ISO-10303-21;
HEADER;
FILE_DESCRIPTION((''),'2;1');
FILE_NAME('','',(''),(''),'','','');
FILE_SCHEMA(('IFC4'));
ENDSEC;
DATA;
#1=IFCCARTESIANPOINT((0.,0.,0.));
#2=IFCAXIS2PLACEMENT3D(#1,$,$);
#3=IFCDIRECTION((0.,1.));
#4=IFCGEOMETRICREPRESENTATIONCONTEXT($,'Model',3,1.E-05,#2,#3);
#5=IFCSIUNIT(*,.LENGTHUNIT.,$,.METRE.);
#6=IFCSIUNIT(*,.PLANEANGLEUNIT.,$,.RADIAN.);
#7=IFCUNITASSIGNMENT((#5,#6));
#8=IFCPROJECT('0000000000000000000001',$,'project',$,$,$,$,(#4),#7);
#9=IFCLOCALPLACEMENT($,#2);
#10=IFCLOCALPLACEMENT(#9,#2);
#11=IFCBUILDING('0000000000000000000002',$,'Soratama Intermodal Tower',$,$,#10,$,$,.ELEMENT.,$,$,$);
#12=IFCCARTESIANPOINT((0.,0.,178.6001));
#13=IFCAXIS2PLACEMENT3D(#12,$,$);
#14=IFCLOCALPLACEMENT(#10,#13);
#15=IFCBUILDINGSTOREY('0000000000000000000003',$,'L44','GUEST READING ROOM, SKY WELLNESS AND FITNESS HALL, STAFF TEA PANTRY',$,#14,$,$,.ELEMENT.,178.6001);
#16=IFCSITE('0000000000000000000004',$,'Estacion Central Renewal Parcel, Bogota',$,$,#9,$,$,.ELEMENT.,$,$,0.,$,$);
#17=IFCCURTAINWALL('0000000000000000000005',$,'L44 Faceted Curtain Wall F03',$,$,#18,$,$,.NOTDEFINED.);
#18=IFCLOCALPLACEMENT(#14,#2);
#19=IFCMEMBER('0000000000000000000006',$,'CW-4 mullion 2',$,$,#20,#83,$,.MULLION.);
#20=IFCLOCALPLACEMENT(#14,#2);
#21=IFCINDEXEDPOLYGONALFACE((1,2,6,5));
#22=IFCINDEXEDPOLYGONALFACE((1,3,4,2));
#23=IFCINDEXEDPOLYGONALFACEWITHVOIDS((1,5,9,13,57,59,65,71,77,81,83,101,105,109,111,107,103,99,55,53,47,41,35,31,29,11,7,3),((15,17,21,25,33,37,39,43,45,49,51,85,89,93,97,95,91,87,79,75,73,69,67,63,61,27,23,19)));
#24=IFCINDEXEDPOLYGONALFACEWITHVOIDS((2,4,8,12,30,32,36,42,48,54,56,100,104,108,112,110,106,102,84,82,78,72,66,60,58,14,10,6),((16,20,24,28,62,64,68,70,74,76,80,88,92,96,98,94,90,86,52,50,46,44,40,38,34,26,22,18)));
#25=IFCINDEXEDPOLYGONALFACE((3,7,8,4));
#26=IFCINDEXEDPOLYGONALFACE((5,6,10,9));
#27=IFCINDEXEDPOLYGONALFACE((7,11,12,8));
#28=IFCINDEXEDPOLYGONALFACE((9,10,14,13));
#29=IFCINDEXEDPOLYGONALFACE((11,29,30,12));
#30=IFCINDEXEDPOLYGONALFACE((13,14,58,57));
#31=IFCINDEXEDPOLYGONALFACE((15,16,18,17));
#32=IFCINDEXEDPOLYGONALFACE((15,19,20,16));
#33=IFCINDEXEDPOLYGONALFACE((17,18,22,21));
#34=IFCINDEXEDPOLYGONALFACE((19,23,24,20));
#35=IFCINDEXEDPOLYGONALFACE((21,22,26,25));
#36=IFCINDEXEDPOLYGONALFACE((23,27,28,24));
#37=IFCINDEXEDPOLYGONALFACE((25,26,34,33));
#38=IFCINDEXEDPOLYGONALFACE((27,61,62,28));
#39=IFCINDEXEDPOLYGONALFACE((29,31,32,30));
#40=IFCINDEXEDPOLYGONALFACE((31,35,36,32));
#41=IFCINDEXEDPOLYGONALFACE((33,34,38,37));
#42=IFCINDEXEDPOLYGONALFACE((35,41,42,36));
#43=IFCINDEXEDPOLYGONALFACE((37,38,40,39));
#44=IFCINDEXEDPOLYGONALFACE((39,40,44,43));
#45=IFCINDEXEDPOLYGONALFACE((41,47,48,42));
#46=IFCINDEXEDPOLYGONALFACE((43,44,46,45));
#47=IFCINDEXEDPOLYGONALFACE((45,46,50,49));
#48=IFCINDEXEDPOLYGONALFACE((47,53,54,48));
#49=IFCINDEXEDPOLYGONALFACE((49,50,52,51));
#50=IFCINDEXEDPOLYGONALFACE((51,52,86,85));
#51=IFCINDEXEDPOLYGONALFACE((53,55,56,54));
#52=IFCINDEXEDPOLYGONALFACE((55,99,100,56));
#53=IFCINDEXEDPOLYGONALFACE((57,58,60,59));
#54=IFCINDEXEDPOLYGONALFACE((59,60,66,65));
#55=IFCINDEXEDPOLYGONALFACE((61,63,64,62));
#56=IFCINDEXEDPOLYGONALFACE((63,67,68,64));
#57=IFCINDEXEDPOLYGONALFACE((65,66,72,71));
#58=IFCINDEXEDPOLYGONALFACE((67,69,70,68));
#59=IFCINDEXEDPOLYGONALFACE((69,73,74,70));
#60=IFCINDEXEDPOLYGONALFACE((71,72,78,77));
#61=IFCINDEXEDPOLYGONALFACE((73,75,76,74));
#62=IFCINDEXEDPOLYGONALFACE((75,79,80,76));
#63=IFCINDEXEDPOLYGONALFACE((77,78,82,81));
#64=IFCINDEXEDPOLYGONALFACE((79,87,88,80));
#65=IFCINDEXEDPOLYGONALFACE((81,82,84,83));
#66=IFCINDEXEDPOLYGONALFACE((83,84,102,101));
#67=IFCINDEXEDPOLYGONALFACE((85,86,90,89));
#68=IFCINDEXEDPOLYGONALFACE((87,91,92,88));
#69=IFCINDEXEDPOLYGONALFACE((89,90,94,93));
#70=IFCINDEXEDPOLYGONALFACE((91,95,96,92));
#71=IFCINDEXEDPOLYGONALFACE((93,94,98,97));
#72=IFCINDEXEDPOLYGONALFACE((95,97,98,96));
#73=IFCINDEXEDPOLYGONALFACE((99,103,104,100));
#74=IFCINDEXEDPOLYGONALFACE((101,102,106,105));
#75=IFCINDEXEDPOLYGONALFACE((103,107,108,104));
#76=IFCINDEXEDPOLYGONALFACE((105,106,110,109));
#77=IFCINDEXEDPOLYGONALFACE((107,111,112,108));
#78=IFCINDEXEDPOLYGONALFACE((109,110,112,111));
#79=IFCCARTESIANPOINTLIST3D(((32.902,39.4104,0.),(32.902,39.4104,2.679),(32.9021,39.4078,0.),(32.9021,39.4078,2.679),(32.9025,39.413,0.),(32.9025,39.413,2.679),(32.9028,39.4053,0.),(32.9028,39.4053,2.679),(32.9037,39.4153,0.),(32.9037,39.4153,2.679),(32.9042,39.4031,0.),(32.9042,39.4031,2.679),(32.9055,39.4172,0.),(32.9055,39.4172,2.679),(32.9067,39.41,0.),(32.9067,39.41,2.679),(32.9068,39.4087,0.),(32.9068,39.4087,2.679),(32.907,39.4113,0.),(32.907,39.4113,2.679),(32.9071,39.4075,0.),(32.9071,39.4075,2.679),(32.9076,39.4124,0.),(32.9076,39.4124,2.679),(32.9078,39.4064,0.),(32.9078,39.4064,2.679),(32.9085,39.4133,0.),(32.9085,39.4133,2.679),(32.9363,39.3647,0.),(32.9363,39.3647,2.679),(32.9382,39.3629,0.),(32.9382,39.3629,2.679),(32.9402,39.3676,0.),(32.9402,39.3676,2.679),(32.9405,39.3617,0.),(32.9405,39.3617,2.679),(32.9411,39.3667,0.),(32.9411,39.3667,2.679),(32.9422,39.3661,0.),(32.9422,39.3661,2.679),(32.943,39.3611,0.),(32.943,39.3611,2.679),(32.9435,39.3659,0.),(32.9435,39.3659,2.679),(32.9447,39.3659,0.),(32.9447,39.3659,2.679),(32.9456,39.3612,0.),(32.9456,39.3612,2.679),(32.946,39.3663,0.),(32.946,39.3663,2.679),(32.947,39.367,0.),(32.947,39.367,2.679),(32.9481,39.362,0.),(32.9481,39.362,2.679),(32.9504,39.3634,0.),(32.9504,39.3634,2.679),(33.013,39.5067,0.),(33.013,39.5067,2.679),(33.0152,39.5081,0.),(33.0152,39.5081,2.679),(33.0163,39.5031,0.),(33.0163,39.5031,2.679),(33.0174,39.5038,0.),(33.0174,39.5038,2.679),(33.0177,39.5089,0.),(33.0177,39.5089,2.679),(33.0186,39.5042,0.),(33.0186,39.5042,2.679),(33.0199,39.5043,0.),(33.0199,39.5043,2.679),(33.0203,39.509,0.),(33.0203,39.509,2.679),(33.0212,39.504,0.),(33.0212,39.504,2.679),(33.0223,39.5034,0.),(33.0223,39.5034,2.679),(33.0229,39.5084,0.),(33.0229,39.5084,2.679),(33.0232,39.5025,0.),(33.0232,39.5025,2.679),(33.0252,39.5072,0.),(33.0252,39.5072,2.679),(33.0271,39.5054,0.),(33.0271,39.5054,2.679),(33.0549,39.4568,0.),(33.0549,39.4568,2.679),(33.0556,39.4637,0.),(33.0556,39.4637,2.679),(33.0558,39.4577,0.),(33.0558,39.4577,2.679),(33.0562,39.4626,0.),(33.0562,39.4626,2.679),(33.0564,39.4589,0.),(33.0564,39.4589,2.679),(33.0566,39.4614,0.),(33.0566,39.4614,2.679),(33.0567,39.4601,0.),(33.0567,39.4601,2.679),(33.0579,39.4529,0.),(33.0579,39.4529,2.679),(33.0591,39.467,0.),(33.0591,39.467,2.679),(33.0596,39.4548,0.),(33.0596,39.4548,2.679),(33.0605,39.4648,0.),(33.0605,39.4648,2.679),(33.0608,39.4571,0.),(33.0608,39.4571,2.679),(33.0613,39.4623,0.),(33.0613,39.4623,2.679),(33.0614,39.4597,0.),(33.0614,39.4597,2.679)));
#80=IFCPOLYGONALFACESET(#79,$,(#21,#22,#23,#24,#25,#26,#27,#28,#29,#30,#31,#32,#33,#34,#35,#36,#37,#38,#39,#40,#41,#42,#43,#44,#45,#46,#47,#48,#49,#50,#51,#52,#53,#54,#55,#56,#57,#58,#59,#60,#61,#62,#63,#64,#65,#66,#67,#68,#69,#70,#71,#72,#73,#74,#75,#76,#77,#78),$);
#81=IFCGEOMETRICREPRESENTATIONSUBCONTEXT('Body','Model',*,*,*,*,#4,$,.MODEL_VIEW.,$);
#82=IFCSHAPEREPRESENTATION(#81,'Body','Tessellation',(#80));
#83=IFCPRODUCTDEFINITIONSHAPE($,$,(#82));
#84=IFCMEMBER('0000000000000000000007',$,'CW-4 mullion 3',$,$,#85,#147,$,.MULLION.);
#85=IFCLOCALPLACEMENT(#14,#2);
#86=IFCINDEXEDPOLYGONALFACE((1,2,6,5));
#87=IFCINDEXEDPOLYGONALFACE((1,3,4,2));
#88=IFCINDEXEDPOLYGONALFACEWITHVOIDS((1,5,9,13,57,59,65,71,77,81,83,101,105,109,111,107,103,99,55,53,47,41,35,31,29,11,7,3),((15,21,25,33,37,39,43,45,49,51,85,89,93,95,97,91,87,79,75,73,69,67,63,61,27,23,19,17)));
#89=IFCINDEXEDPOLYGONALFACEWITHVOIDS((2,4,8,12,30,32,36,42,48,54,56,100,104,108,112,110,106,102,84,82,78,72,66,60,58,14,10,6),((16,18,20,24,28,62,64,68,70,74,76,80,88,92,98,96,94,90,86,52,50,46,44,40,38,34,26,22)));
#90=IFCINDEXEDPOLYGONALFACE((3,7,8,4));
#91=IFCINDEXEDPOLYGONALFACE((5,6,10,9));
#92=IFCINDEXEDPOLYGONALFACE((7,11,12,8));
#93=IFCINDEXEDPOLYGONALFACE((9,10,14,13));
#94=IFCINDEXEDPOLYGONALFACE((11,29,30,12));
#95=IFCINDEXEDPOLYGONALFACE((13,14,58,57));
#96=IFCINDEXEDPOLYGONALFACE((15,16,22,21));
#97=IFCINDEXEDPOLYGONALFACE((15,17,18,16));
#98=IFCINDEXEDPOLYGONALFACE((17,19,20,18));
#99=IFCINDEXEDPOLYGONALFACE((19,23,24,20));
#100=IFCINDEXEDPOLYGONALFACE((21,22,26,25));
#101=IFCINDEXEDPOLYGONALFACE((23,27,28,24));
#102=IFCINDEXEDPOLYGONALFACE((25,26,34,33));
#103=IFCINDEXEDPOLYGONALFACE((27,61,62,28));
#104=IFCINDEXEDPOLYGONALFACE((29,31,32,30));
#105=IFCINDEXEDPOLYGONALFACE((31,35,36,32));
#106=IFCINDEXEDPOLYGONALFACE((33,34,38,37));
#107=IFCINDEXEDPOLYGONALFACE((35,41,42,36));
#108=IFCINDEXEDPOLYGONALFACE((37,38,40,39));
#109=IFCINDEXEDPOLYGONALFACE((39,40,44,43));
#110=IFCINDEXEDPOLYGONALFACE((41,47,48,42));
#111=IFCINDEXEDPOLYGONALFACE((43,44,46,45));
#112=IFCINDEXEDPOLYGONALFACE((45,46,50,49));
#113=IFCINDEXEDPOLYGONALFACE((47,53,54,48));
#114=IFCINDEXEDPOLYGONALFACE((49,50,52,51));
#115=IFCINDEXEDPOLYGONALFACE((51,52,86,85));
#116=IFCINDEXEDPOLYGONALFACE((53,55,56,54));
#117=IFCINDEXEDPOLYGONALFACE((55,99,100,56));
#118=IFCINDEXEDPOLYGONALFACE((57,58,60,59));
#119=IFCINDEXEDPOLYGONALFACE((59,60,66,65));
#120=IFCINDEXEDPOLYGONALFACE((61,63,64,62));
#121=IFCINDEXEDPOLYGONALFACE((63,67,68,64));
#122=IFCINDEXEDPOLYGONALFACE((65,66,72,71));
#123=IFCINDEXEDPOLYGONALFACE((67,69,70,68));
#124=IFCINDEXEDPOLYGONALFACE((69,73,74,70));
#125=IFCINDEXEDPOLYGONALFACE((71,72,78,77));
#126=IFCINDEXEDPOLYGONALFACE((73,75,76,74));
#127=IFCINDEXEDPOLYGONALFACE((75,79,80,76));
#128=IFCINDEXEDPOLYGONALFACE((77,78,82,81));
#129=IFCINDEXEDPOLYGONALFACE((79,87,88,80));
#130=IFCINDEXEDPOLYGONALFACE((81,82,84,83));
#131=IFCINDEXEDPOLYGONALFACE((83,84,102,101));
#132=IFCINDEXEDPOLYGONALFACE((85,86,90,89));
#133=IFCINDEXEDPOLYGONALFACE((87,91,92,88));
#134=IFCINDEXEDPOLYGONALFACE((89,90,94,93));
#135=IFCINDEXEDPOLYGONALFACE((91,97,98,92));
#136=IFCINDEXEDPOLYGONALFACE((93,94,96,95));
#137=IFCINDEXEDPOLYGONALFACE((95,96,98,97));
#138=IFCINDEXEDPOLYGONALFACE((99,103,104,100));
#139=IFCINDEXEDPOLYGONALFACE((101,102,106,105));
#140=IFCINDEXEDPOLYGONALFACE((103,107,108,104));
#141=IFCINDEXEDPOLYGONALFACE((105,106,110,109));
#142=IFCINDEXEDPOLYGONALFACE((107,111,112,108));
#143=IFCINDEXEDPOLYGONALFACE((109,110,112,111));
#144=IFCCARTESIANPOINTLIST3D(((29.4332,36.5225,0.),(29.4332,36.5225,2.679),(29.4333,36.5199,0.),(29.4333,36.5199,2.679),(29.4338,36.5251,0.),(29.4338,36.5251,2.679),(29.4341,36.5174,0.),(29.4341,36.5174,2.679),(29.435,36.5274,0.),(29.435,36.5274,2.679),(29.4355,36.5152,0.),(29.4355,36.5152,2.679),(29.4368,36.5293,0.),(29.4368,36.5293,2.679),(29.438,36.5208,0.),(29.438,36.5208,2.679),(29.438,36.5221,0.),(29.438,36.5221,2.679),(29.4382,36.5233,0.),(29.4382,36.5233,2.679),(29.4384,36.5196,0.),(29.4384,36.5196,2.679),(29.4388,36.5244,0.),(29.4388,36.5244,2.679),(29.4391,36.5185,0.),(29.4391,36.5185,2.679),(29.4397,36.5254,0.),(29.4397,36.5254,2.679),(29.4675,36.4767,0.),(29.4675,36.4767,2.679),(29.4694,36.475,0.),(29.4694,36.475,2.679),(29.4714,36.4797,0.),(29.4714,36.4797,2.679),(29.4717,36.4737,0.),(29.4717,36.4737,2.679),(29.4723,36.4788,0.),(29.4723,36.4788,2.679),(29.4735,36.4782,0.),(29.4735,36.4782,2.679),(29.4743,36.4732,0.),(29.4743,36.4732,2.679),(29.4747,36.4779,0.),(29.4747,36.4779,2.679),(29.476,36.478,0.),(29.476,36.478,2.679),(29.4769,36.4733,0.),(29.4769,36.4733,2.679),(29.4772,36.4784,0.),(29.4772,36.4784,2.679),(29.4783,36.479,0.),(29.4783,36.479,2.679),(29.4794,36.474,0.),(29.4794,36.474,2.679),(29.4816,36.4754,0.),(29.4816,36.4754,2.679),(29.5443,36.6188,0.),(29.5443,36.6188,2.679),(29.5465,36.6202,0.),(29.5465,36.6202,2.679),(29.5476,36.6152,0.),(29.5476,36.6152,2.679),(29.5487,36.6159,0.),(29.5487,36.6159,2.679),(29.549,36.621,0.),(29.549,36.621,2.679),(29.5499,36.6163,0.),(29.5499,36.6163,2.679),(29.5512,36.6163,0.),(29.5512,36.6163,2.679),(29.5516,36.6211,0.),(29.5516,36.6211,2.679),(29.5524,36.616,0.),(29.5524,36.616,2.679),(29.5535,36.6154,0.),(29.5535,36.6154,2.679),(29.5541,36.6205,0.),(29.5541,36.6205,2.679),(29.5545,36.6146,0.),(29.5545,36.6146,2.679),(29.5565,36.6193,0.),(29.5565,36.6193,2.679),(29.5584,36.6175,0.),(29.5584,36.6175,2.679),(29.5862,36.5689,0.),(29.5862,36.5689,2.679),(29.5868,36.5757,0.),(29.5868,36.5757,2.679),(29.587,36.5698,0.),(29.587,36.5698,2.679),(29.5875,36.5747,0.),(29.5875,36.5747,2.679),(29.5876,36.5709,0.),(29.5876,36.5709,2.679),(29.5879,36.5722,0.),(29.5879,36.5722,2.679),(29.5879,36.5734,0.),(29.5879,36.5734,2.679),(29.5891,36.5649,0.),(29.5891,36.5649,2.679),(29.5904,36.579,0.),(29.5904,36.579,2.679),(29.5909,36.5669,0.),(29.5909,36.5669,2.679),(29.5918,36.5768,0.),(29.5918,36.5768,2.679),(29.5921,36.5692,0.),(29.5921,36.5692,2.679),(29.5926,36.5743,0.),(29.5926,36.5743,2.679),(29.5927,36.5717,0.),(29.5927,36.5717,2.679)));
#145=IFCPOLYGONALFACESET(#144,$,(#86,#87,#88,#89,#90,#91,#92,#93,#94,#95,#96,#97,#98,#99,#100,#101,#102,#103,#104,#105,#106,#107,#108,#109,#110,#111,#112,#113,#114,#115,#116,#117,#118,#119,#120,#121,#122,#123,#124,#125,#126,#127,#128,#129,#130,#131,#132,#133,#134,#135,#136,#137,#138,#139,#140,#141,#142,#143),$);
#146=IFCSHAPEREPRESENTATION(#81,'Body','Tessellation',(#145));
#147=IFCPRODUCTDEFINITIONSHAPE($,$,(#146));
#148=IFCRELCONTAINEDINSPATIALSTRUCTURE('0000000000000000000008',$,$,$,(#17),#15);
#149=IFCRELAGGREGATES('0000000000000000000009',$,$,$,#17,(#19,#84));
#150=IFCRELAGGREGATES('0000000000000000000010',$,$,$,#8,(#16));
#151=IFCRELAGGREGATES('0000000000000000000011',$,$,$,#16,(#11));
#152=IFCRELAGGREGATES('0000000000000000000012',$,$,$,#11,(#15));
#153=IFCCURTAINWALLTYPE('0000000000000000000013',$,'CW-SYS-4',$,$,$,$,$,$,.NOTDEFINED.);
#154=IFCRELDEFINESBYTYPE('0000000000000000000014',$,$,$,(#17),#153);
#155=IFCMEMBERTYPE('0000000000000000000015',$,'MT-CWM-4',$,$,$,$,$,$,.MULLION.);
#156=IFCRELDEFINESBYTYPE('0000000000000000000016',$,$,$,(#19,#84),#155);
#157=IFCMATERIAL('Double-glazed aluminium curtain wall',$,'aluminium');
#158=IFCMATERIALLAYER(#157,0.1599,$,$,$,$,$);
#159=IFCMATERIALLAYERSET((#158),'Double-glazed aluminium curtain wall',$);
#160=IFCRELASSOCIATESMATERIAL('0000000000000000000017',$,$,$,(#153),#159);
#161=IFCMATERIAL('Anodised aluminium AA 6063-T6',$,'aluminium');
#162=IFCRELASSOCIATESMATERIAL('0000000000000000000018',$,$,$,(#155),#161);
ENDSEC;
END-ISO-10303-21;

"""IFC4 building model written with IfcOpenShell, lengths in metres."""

from ifc_helpers import new_model, si_unit, direction, frame, origin, origin_2d, place, context, subcontext, project, spatial, hollow_rectangle, extrude, material, layer, layer_set, material_profile, profile_set, type_object, element, aggregate, save


model = new_model("IFC4")

# Units and contexts
model_context = context("Model", 3, precision=1e-05, world=origin(), true_north=direction((0.0, 1.0)))
body_context = subcontext(model_context, "Body", "Model", "MODEL_VIEW")
ifc_project = project(units=[si_unit("LENGTHUNIT", "METRE"), si_unit("PLANEANGLEUNIT", "RADIAN")], contexts=[model_context])

# Site, building, storey
site_placement = place(None, origin())
site = spatial("IfcSite", under=ifc_project, at=site_placement, Name="Estacion Central Renewal Parcel, Bogota", CompositionType="ELEMENT", RefElevation=0.0)
building_placement = place(site_placement, origin())
building = spatial("IfcBuilding", under=site, at=building_placement, Name="Soratama Intermodal Tower", CompositionType="ELEMENT")
storey_placement = place(building_placement, frame((0.0, 0.0, 178.6001)))
storey = spatial("IfcBuildingStorey", under=building, at=storey_placement, Name="L44", Description="GUEST READING ROOM, SKY WELLNESS AND FITNESS HALL, STAFF TEA PANTRY", CompositionType="ELEMENT", Elevation=178.6001)

# Curtain wall, members
ifc_material_1 = material(Name="Double-glazed aluminium curtain wall", Category="aluminium")
ifc_layer_1 = layer(ifc_material_1, 0.1599)
ifc_layer_set_1 = layer_set([ifc_layer_1], Name="Double-glazed aluminium curtain wall")
curtain_wall_type = type_object("IfcCurtainWallType", Name="CW-SYS-4", PredefinedType="NOTDEFINED", material=ifc_layer_set_1)
curtain_wall_placement = place(storey_placement, origin())
curtain_wall = element("IfcCurtainWall", 1, at=curtain_wall_placement, inside=storey, type_object=curtain_wall_type, Name="L44 Faceted Curtain Wall F03", PredefinedType="NOTDEFINED")
ifc_material_2 = material(Name="Anodised aluminium AA 6063-T6", Category="aluminium")
ifc_material_profile_1 = material_profile(ifc_material_2, hollow_rectangle(XDim=0.0701, YDim=0.1599, WallThickness=0.0049, InnerFilletRadius=0.0049, OuterFilletRadius=0.01, at=origin_2d()), Name="CWM160X70X5")
ifc_profile_set_1 = profile_set([ifc_material_profile_1], Name="Anodised aluminium AA 6063-T6")
member_type_1 = type_object("IfcMemberType", Name="MT-CWM-4", PredefinedType="MULLION", material=ifc_profile_set_1)
member_1_placement = place(storey_placement, frame((32.9817, 39.4351, 0.0), z_axis=(0.0, 0.0, 1.0), x_axis=(0.63984, -0.768508, 0.0)))
member_1 = element("IfcMember", 2, at=member_1_placement, type_object=member_type_1, Name="CW-4 mullion 2", PredefinedType="MULLION", context=body_context, shape_type="SweptSolid", body=[
    extrude(hollow_rectangle(XDim=0.0701, YDim=0.1599, WallThickness=0.0049, InnerFilletRadius=0.0049, OuterFilletRadius=0.01, at=origin_2d()), origin(), (0.0, 0.0, 1.0), 2.679),
])
member_2_placement = place(storey_placement, frame((29.5129, 36.5471, 0.0), z_axis=(0.0, 0.0, 1.0), x_axis=(0.63984, -0.768508, 0.0)))
member_2 = element("IfcMember", 3, at=member_2_placement, type_object=member_type_1, Name="CW-4 mullion 3", PredefinedType="MULLION", context=body_context, shape_type="SweptSolid", body=[
    extrude(hollow_rectangle(XDim=0.0701, YDim=0.1599, WallThickness=0.0049, InnerFilletRadius=0.0049, OuterFilletRadius=0.01, at=origin_2d()), origin(), (0.0, 0.0, 1.0), 2.679),
])
aggregate(curtain_wall, [member_1, member_2])

save(model, "model.ifc")
